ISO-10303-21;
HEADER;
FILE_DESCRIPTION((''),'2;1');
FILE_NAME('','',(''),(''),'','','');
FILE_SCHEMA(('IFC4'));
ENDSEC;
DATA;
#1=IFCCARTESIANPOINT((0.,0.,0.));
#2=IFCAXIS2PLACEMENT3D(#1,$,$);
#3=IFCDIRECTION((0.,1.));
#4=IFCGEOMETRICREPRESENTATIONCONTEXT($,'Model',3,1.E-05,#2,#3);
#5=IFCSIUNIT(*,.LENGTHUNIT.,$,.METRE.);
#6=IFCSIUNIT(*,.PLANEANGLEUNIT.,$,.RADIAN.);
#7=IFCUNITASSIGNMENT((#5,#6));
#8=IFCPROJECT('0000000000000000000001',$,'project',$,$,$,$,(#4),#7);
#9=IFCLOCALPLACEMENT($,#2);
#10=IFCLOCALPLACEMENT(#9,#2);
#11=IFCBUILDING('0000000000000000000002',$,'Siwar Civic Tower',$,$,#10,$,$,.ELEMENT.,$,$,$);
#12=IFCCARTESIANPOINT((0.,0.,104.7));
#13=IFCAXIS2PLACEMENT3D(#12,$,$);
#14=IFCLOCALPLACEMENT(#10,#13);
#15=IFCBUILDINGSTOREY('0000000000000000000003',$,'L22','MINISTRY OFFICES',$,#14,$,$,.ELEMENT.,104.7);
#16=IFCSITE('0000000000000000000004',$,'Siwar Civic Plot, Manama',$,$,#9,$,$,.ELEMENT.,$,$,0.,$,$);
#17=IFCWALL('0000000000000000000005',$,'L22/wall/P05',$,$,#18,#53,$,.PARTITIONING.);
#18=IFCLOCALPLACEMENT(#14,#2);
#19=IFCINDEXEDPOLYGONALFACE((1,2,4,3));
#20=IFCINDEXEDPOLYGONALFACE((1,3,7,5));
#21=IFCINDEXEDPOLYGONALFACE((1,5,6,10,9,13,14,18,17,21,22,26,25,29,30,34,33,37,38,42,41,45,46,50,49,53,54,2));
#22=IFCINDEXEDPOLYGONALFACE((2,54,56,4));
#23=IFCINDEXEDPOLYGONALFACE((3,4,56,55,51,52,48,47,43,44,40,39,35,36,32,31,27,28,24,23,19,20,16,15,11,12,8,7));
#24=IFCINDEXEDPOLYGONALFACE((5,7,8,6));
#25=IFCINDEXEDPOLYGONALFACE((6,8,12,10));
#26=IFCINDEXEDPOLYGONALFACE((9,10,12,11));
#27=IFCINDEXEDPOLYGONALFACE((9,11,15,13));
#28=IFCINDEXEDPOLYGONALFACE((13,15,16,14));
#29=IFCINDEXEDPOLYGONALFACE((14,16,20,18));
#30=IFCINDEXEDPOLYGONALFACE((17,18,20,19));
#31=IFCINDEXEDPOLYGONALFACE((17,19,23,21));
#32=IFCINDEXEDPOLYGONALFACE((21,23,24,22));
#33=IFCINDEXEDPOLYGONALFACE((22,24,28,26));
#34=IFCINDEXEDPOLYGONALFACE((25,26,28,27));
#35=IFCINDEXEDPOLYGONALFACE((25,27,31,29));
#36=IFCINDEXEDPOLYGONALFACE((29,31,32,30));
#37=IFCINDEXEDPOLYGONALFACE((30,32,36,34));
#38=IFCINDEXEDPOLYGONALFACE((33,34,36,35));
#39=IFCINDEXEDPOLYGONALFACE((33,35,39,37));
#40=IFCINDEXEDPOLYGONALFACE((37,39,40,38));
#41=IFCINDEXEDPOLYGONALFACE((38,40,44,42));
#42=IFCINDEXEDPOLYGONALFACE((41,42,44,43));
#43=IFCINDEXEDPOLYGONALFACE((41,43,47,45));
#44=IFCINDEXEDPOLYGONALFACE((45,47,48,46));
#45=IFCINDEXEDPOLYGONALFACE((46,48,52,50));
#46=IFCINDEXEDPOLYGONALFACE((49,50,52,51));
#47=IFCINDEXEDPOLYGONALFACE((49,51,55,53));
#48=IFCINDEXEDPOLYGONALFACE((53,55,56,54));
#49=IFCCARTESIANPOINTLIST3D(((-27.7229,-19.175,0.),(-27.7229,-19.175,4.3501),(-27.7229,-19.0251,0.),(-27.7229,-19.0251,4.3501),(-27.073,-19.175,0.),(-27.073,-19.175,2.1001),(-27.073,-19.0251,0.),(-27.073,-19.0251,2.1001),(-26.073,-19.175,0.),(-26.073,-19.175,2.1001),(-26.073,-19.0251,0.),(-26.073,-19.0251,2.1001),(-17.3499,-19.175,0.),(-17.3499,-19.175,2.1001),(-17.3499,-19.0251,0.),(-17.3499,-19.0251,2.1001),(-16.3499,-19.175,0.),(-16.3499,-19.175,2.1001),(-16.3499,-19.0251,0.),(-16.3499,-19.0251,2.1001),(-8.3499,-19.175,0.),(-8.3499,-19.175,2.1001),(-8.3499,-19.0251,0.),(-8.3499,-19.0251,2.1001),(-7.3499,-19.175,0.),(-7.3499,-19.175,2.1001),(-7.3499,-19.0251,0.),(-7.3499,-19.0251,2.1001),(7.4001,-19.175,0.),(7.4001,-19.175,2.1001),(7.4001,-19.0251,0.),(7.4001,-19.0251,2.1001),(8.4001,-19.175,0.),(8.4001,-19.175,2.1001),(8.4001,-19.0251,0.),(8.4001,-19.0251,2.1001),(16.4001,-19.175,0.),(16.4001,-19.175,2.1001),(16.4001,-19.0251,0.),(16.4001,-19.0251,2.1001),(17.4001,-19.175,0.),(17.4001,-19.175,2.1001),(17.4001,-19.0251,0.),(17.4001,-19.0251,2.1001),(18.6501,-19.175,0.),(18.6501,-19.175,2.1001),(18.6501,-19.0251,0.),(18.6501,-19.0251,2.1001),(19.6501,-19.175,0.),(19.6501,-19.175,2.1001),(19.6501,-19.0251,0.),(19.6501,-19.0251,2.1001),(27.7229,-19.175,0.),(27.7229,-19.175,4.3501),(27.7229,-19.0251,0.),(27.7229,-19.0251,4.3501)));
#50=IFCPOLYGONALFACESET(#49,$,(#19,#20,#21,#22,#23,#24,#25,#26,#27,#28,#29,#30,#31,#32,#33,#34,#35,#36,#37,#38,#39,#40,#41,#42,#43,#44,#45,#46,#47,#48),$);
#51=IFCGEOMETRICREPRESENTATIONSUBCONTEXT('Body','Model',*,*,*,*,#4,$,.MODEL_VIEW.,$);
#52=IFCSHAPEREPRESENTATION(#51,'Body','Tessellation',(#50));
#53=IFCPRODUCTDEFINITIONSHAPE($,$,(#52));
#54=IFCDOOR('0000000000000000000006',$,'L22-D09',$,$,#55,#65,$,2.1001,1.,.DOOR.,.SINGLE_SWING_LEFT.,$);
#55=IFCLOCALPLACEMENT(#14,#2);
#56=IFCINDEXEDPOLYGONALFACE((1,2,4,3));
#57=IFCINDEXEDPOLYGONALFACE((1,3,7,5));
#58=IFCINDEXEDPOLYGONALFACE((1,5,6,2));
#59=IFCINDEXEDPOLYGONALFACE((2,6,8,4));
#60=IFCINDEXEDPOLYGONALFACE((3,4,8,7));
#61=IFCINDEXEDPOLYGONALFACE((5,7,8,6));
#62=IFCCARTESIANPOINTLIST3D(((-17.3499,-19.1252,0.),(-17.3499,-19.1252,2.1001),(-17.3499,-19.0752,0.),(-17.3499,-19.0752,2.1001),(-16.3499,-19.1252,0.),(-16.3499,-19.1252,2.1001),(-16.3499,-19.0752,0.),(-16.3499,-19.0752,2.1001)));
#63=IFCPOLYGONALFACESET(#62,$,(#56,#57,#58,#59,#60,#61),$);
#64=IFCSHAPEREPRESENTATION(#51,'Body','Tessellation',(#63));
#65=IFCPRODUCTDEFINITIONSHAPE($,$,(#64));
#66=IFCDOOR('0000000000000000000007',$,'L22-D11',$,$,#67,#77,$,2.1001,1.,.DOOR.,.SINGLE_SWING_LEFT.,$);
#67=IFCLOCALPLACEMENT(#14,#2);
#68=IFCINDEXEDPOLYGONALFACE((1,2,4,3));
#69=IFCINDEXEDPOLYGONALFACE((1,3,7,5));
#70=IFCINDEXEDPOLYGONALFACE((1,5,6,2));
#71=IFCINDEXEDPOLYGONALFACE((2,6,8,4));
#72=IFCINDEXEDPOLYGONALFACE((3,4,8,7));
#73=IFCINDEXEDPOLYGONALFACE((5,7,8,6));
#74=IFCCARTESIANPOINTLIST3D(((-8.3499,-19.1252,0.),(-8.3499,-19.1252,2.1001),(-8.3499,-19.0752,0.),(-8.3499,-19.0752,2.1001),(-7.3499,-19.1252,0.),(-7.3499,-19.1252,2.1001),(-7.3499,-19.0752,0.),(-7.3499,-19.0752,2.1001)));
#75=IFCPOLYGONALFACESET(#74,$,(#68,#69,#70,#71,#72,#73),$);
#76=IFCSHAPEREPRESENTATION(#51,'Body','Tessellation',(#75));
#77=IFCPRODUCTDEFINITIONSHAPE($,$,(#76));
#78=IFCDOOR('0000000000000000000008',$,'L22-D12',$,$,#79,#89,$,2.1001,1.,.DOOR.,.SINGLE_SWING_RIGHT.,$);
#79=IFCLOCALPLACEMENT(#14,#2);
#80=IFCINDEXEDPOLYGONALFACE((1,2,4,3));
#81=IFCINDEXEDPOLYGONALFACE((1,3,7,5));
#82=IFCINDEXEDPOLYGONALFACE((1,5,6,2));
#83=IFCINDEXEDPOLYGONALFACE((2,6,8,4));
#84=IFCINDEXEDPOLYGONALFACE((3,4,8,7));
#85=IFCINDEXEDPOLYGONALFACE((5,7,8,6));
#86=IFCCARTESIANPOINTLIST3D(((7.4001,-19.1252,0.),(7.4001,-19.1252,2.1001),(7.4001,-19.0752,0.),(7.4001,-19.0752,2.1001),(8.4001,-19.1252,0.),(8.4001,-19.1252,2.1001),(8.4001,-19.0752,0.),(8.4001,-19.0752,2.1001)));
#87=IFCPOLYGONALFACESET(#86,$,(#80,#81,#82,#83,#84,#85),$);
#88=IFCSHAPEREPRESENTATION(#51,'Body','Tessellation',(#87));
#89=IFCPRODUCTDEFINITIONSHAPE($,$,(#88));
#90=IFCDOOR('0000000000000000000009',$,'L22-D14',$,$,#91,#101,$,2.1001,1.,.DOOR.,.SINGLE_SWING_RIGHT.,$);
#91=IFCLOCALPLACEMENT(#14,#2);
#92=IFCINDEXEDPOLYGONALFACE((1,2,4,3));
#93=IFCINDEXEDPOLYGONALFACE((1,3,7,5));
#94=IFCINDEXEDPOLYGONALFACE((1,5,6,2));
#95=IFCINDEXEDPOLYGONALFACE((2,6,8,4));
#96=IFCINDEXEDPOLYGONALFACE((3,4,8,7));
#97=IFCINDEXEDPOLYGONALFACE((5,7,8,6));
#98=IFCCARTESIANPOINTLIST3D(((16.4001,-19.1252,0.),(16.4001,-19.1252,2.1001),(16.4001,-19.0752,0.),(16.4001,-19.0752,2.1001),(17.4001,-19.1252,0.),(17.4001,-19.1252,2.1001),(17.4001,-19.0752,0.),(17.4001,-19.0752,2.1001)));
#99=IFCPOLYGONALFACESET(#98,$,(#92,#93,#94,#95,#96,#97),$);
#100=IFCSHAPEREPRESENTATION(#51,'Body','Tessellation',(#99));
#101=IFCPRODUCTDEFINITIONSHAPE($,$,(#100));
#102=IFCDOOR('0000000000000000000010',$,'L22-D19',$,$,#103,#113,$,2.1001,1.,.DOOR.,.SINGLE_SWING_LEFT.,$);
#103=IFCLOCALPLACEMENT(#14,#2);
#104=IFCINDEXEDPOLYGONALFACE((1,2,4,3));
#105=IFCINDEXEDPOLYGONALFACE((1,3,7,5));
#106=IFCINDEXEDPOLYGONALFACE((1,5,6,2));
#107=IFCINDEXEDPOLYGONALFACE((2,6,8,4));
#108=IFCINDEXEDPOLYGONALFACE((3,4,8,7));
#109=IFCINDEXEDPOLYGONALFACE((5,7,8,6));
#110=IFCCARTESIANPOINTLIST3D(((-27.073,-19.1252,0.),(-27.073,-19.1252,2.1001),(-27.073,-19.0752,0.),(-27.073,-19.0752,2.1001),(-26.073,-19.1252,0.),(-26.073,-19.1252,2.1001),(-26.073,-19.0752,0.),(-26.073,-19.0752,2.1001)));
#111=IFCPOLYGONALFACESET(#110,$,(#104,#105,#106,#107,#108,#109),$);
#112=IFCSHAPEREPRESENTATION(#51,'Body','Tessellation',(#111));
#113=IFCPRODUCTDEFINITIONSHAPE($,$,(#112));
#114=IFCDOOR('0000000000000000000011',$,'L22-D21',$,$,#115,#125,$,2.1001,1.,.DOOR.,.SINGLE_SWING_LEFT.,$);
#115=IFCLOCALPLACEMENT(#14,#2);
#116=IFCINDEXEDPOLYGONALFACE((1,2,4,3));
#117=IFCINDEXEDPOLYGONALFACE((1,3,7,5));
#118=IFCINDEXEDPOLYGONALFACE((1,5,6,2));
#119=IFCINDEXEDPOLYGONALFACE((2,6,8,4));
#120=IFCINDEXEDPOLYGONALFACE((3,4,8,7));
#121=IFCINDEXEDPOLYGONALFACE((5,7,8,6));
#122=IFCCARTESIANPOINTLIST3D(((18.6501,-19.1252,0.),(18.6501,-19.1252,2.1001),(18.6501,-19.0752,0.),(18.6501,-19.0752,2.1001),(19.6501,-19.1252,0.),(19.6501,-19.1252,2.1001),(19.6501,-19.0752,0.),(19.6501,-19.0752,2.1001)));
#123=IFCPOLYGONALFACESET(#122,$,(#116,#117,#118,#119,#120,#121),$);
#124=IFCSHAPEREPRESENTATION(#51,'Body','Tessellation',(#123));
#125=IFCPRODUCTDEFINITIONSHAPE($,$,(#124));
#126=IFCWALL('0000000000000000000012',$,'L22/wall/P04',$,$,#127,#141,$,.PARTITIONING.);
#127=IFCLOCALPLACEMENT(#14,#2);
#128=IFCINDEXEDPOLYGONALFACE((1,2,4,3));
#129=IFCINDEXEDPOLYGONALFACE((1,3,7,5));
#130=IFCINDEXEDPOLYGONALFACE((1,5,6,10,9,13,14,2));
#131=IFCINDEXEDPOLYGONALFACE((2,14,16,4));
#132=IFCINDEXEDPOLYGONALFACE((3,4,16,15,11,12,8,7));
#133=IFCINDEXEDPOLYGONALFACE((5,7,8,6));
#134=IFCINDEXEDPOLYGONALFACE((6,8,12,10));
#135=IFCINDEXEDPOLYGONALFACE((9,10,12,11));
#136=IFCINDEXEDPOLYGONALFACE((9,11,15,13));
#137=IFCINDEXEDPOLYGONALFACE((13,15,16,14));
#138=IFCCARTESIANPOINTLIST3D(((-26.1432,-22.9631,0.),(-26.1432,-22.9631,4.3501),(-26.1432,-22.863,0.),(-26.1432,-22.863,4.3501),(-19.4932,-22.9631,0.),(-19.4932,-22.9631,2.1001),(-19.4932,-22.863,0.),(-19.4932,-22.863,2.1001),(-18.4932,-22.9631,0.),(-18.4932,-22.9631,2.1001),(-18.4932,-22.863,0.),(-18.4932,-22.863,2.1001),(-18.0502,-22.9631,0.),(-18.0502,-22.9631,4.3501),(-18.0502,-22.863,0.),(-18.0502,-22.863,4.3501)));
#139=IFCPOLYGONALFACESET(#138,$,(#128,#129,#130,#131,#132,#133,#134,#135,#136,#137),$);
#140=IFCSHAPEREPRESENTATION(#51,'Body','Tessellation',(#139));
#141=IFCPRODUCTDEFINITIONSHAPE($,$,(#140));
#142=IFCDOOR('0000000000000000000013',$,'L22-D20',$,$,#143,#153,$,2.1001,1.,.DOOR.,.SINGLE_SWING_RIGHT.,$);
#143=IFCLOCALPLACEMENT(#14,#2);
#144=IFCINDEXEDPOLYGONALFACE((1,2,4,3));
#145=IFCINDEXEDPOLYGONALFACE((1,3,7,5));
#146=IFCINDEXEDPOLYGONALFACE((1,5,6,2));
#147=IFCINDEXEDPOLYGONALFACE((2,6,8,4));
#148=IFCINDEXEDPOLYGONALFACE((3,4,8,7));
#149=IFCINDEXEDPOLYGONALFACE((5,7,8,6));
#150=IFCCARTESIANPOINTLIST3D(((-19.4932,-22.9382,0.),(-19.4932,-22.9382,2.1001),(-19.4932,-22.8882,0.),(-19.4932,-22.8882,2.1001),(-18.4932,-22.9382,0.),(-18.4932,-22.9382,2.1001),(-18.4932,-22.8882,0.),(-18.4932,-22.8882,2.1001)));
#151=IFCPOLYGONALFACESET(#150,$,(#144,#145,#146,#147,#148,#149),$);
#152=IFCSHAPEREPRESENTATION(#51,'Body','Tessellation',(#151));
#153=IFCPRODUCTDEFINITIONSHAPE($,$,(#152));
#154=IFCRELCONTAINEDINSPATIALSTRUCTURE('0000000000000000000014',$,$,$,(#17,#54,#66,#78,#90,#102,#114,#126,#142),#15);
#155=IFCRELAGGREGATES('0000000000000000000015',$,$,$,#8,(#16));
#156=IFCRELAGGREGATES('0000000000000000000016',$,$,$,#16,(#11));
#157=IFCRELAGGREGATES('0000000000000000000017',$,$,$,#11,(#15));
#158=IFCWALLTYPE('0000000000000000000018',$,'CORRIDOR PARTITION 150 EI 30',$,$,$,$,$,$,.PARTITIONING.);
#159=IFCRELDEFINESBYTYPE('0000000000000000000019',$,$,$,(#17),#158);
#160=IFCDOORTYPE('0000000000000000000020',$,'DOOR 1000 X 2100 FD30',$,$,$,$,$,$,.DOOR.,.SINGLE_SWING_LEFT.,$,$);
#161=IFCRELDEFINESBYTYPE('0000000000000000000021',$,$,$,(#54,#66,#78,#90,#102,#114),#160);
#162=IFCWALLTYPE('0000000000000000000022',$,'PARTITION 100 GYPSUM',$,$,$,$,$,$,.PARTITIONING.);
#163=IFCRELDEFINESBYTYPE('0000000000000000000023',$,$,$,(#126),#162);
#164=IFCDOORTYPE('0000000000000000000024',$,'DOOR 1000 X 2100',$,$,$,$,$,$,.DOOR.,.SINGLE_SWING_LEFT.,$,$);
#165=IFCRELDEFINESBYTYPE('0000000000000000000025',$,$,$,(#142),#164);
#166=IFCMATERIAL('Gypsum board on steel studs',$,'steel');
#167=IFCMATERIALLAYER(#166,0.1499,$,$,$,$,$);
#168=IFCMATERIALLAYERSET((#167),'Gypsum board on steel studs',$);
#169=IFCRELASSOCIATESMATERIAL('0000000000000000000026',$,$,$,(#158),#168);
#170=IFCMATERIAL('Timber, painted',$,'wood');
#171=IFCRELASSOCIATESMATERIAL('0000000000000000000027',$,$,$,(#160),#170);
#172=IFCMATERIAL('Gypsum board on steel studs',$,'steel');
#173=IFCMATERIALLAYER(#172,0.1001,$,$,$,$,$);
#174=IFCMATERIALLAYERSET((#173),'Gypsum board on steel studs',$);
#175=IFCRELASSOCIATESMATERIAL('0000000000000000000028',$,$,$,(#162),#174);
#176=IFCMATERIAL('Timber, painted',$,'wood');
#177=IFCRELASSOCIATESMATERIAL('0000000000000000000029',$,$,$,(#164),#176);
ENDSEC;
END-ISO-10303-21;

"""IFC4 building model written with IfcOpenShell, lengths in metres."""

from ifc_helpers import new_model, si_unit, direction, frame, frame_2d, origin, place, context, subcontext, project, spatial, rectangle, extrude, material, layer, layer_set, type_object, element, fill, save


model = new_model("IFC4")

# Units and contexts
model_context = context("Model", 3, precision=1e-05, world=origin(), true_north=direction((0.0, 1.0)))
body_context = subcontext(model_context, "Body", "Model", "MODEL_VIEW")
ifc_project = project(units=[si_unit("LENGTHUNIT", "METRE"), si_unit("PLANEANGLEUNIT", "RADIAN")], contexts=[model_context])

# Site, building, storey
site_placement = place(None, origin())
site = spatial("IfcSite", under=ifc_project, at=site_placement, Name="Siwar Civic Plot, Manama", CompositionType="ELEMENT", RefElevation=0.0)
building_placement = place(site_placement, origin())
building = spatial("IfcBuilding", under=site, at=building_placement, Name="Siwar Civic Tower", CompositionType="ELEMENT")
storey_placement = place(building_placement, frame((0.0, 0.0, 104.7)))
storey = spatial("IfcBuildingStorey", under=building, at=storey_placement, Name="L22", Description="MINISTRY OFFICES", CompositionType="ELEMENT", Elevation=104.7)

# Wall, openings, doors
ifc_material_1 = material(Name="Gypsum board on steel studs", Category="steel")
ifc_layer_1 = layer(ifc_material_1, 0.1499)
ifc_layer_set_1 = layer_set([ifc_layer_1], Name="Gypsum board on steel studs")
wall_type_1 = type_object("IfcWallType", Name="CORRIDOR PARTITION 150 EI 30", PredefinedType="PARTITIONING", material=ifc_layer_set_1)
wall_1_placement = place(storey_placement, frame((-27.7229, -19.1001, 0.0), z_axis=(0.0, 0.0, 1.0), x_axis=(1.0, 0.0, 0.0)))
wall_1 = element("IfcWall", 1, at=wall_1_placement, inside=storey, type_object=wall_type_1, Name="L22/wall/P05", PredefinedType="PARTITIONING", context=body_context, shape_type="SweptSolid", body=[
    extrude(rectangle(XDim=55.4458, YDim=0.1499, at=frame_2d((27.7229, 0.0))), origin(), (0.0, 0.0, 1.0), 4.3501),
])
opening_1_placement = place(wall_1_placement, frame((10.373, 0.0, 0.0)))
opening_1 = element("IfcOpeningElement", 2, at=opening_1_placement, cuts=wall_1, PredefinedType="OPENING", context=body_context, shape_type="SweptSolid", body=[
    extrude(rectangle(XDim=1.0, YDim=2.1001, at=frame_2d((0.5, 1.05))), frame((0.0, 0.085, 0.0), z_axis=(0.0, -1.0, 0.0), x_axis=(1.0, 0.0, 0.0)), (0.0, 0.0, 1.0), 0.1699),
])
opening_2_placement = place(wall_1_placement, frame((19.373, 0.0, 0.0)))
opening_2 = element("IfcOpeningElement", 3, at=opening_2_placement, cuts=wall_1, PredefinedType="OPENING", context=body_context, shape_type="SweptSolid", body=[
    extrude(rectangle(XDim=1.0, YDim=2.1001, at=frame_2d((0.5, 1.05))), frame((0.0, 0.085, 0.0), z_axis=(0.0, -1.0, 0.0), x_axis=(1.0, 0.0, 0.0)), (0.0, 0.0, 1.0), 0.1699),
])
opening_3_placement = place(wall_1_placement, frame((35.123, 0.0, 0.0)))
opening_3 = element("IfcOpeningElement", 4, at=opening_3_placement, cuts=wall_1, PredefinedType="OPENING", context=body_context, shape_type="SweptSolid", body=[
    extrude(rectangle(XDim=1.0, YDim=2.1001, at=frame_2d((0.5, 1.05))), frame((0.0, 0.085, 0.0), z_axis=(0.0, -1.0, 0.0), x_axis=(1.0, 0.0, 0.0)), (0.0, 0.0, 1.0), 0.1699),
])
opening_4_placement = place(wall_1_placement, frame((44.123, 0.0, 0.0)))
opening_4 = element("IfcOpeningElement", 5, at=opening_4_placement, cuts=wall_1, PredefinedType="OPENING", context=body_context, shape_type="SweptSolid", body=[
    extrude(rectangle(XDim=1.0, YDim=2.1001, at=frame_2d((0.5, 1.05))), frame((0.0, 0.085, 0.0), z_axis=(0.0, -1.0, 0.0), x_axis=(1.0, 0.0, 0.0)), (0.0, 0.0, 1.0), 0.1699),
])
opening_5_placement = place(wall_1_placement, frame((0.6499, 0.0, 0.0)))
opening_5 = element("IfcOpeningElement", 6, at=opening_5_placement, cuts=wall_1, PredefinedType="OPENING", context=body_context, shape_type="SweptSolid", body=[
    extrude(rectangle(XDim=1.0, YDim=2.1001, at=frame_2d((0.5, 1.05))), frame((0.0, 0.085, 0.0), z_axis=(0.0, -1.0, 0.0), x_axis=(1.0, 0.0, 0.0)), (0.0, 0.0, 1.0), 0.1699),
])
opening_6_placement = place(wall_1_placement, frame((46.373, 0.0, 0.0)))
opening_6 = element("IfcOpeningElement", 7, at=opening_6_placement, cuts=wall_1, PredefinedType="OPENING", context=body_context, shape_type="SweptSolid", body=[
    extrude(rectangle(XDim=1.0, YDim=2.1001, at=frame_2d((0.5, 1.05))), frame((0.0, 0.085, 0.0), z_axis=(0.0, -1.0, 0.0), x_axis=(1.0, 0.0, 0.0)), (0.0, 0.0, 1.0), 0.1699),
])
ifc_material_2 = material(Name="Timber, painted", Category="wood")
door_type_1 = type_object("IfcDoorType", Name="DOOR 1000 X 2100 FD30", OperationType="SINGLE_SWING_LEFT", PredefinedType="DOOR", material=ifc_material_2)
door_1_placement = place(opening_1_placement, origin())
door_1 = element("IfcDoor", 8, at=door_1_placement, inside=storey, type_object=door_type_1, Name="L22-D09", OperationType="SINGLE_SWING_LEFT", OverallHeight=2.1001, OverallWidth=1.0, PredefinedType="DOOR", context=body_context, shape_type="SweptSolid", body=[
    extrude(rectangle(XDim=1.0, YDim=2.1001, at=frame_2d((0.5, 1.05))), frame((0.0, 0.0249, 0.0), z_axis=(0.0, -1.0, 0.0), x_axis=(1.0, 0.0, 0.0)), (0.0, 0.0, 1.0), 0.05),
])
fill(opening_1, door_1)
door_2_placement = place(opening_2_placement, origin())
door_2 = element("IfcDoor", 9, at=door_2_placement, inside=storey, type_object=door_type_1, Name="L22-D11", OperationType="SINGLE_SWING_LEFT", OverallHeight=2.1001, OverallWidth=1.0, PredefinedType="DOOR", context=body_context, shape_type="SweptSolid", body=[
    extrude(rectangle(XDim=1.0, YDim=2.1001, at=frame_2d((0.5, 1.05))), frame((0.0, 0.0249, 0.0), z_axis=(0.0, -1.0, 0.0), x_axis=(1.0, 0.0, 0.0)), (0.0, 0.0, 1.0), 0.05),
])
fill(opening_2, door_2)
door_3_placement = place(opening_3_placement, origin())
door_3 = element("IfcDoor", 10, at=door_3_placement, inside=storey, type_object=door_type_1, Name="L22-D12", OperationType="SINGLE_SWING_RIGHT", OverallHeight=2.1001, OverallWidth=1.0, PredefinedType="DOOR", context=body_context, shape_type="SweptSolid", body=[
    extrude(rectangle(XDim=1.0, YDim=2.1001, at=frame_2d((0.5, 1.05))), frame((0.0, 0.0249, 0.0), z_axis=(0.0, -1.0, 0.0), x_axis=(1.0, 0.0, 0.0)), (0.0, 0.0, 1.0), 0.05),
])
fill(opening_3, door_3)
door_4_placement = place(opening_4_placement, origin())
door_4 = element("IfcDoor", 11, at=door_4_placement, inside=storey, type_object=door_type_1, Name="L22-D14", OperationType="SINGLE_SWING_RIGHT", OverallHeight=2.1001, OverallWidth=1.0, PredefinedType="DOOR", context=body_context, shape_type="SweptSolid", body=[
    extrude(rectangle(XDim=1.0, YDim=2.1001, at=frame_2d((0.5, 1.05))), frame((0.0, 0.0249, 0.0), z_axis=(0.0, -1.0, 0.0), x_axis=(1.0, 0.0, 0.0)), (0.0, 0.0, 1.0), 0.05),
])
fill(opening_4, door_4)
door_5_placement = place(opening_5_placement, origin())
door_5 = element("IfcDoor", 12, at=door_5_placement, inside=storey, type_object=door_type_1, Name="L22-D19", OperationType="SINGLE_SWING_LEFT", OverallHeight=2.1001, OverallWidth=1.0, PredefinedType="DOOR", context=body_context, shape_type="SweptSolid", body=[
    extrude(rectangle(XDim=1.0, YDim=2.1001, at=frame_2d((0.5, 1.05))), frame((0.0, 0.0249, 0.0), z_axis=(0.0, -1.0, 0.0), x_axis=(1.0, 0.0, 0.0)), (0.0, 0.0, 1.0), 0.05),
])
fill(opening_5, door_5)
door_6_placement = place(opening_6_placement, origin())
door_6 = element("IfcDoor", 13, at=door_6_placement, inside=storey, type_object=door_type_1, Name="L22-D21", OperationType="SINGLE_SWING_LEFT", OverallHeight=2.1001, OverallWidth=1.0, PredefinedType="DOOR", context=body_context, shape_type="SweptSolid", body=[
    extrude(rectangle(XDim=1.0, YDim=2.1001, at=frame_2d((0.5, 1.05))), frame((0.0, 0.0249, 0.0), z_axis=(0.0, -1.0, 0.0), x_axis=(1.0, 0.0, 0.0)), (0.0, 0.0, 1.0), 0.05),
])
fill(opening_6, door_6)

# Wall, opening, door
ifc_material_3 = material(Name="Gypsum board on steel studs", Category="steel")
ifc_layer_2 = layer(ifc_material_3, 0.1001)
ifc_layer_set_2 = layer_set([ifc_layer_2], Name="Gypsum board on steel studs")
wall_type_2 = type_object("IfcWallType", Name="PARTITION 100 GYPSUM", PredefinedType="PARTITIONING", material=ifc_layer_set_2)
wall_2_placement = place(storey_placement, frame((-26.1431, -22.9131, 0.0), z_axis=(0.0, 0.0, 1.0), x_axis=(1.0, 0.0, 0.0)))
wall_2 = element("IfcWall", 14, at=wall_2_placement, inside=storey, type_object=wall_type_2, Name="L22/wall/P04", PredefinedType="PARTITIONING", context=body_context, shape_type="SweptSolid", body=[
    extrude(rectangle(XDim=8.093, YDim=0.1001, at=frame_2d((4.0464, 0.0))), origin(), (0.0, 0.0, 1.0), 4.3501),
])
opening_7_placement = place(wall_2_placement, frame((6.6499, 0.0, 0.0)))
opening_7 = element("IfcOpeningElement", 15, at=opening_7_placement, cuts=wall_2, PredefinedType="OPENING", context=body_context, shape_type="SweptSolid", body=[
    extrude(rectangle(XDim=1.0, YDim=2.1001, at=frame_2d((0.5, 1.05))), frame((0.0, 0.0601, 0.0), z_axis=(0.0, -1.0, 0.0), x_axis=(1.0, 0.0, 0.0)), (0.0, 0.0, 1.0), 0.1201),
])
ifc_material_4 = material(Name="Timber, painted", Category="wood")
door_type_2 = type_object("IfcDoorType", Name="DOOR 1000 X 2100", OperationType="SINGLE_SWING_LEFT", PredefinedType="DOOR", material=ifc_material_4)
door_7_placement = place(opening_7_placement, origin())
door_7 = element("IfcDoor", 16, at=door_7_placement, inside=storey, type_object=door_type_2, Name="L22-D20", OperationType="SINGLE_SWING_RIGHT", OverallHeight=2.1001, OverallWidth=1.0, PredefinedType="DOOR", context=body_context, shape_type="SweptSolid", body=[
    extrude(rectangle(XDim=1.0, YDim=2.1001, at=frame_2d((0.5, 1.05))), frame((0.0, 0.0249, 0.0), z_axis=(0.0, -1.0, 0.0), x_axis=(1.0, 0.0, 0.0)), (0.0, 0.0, 1.0), 0.05),
])
fill(opening_7, door_7)

save(model, "model.ifc")
